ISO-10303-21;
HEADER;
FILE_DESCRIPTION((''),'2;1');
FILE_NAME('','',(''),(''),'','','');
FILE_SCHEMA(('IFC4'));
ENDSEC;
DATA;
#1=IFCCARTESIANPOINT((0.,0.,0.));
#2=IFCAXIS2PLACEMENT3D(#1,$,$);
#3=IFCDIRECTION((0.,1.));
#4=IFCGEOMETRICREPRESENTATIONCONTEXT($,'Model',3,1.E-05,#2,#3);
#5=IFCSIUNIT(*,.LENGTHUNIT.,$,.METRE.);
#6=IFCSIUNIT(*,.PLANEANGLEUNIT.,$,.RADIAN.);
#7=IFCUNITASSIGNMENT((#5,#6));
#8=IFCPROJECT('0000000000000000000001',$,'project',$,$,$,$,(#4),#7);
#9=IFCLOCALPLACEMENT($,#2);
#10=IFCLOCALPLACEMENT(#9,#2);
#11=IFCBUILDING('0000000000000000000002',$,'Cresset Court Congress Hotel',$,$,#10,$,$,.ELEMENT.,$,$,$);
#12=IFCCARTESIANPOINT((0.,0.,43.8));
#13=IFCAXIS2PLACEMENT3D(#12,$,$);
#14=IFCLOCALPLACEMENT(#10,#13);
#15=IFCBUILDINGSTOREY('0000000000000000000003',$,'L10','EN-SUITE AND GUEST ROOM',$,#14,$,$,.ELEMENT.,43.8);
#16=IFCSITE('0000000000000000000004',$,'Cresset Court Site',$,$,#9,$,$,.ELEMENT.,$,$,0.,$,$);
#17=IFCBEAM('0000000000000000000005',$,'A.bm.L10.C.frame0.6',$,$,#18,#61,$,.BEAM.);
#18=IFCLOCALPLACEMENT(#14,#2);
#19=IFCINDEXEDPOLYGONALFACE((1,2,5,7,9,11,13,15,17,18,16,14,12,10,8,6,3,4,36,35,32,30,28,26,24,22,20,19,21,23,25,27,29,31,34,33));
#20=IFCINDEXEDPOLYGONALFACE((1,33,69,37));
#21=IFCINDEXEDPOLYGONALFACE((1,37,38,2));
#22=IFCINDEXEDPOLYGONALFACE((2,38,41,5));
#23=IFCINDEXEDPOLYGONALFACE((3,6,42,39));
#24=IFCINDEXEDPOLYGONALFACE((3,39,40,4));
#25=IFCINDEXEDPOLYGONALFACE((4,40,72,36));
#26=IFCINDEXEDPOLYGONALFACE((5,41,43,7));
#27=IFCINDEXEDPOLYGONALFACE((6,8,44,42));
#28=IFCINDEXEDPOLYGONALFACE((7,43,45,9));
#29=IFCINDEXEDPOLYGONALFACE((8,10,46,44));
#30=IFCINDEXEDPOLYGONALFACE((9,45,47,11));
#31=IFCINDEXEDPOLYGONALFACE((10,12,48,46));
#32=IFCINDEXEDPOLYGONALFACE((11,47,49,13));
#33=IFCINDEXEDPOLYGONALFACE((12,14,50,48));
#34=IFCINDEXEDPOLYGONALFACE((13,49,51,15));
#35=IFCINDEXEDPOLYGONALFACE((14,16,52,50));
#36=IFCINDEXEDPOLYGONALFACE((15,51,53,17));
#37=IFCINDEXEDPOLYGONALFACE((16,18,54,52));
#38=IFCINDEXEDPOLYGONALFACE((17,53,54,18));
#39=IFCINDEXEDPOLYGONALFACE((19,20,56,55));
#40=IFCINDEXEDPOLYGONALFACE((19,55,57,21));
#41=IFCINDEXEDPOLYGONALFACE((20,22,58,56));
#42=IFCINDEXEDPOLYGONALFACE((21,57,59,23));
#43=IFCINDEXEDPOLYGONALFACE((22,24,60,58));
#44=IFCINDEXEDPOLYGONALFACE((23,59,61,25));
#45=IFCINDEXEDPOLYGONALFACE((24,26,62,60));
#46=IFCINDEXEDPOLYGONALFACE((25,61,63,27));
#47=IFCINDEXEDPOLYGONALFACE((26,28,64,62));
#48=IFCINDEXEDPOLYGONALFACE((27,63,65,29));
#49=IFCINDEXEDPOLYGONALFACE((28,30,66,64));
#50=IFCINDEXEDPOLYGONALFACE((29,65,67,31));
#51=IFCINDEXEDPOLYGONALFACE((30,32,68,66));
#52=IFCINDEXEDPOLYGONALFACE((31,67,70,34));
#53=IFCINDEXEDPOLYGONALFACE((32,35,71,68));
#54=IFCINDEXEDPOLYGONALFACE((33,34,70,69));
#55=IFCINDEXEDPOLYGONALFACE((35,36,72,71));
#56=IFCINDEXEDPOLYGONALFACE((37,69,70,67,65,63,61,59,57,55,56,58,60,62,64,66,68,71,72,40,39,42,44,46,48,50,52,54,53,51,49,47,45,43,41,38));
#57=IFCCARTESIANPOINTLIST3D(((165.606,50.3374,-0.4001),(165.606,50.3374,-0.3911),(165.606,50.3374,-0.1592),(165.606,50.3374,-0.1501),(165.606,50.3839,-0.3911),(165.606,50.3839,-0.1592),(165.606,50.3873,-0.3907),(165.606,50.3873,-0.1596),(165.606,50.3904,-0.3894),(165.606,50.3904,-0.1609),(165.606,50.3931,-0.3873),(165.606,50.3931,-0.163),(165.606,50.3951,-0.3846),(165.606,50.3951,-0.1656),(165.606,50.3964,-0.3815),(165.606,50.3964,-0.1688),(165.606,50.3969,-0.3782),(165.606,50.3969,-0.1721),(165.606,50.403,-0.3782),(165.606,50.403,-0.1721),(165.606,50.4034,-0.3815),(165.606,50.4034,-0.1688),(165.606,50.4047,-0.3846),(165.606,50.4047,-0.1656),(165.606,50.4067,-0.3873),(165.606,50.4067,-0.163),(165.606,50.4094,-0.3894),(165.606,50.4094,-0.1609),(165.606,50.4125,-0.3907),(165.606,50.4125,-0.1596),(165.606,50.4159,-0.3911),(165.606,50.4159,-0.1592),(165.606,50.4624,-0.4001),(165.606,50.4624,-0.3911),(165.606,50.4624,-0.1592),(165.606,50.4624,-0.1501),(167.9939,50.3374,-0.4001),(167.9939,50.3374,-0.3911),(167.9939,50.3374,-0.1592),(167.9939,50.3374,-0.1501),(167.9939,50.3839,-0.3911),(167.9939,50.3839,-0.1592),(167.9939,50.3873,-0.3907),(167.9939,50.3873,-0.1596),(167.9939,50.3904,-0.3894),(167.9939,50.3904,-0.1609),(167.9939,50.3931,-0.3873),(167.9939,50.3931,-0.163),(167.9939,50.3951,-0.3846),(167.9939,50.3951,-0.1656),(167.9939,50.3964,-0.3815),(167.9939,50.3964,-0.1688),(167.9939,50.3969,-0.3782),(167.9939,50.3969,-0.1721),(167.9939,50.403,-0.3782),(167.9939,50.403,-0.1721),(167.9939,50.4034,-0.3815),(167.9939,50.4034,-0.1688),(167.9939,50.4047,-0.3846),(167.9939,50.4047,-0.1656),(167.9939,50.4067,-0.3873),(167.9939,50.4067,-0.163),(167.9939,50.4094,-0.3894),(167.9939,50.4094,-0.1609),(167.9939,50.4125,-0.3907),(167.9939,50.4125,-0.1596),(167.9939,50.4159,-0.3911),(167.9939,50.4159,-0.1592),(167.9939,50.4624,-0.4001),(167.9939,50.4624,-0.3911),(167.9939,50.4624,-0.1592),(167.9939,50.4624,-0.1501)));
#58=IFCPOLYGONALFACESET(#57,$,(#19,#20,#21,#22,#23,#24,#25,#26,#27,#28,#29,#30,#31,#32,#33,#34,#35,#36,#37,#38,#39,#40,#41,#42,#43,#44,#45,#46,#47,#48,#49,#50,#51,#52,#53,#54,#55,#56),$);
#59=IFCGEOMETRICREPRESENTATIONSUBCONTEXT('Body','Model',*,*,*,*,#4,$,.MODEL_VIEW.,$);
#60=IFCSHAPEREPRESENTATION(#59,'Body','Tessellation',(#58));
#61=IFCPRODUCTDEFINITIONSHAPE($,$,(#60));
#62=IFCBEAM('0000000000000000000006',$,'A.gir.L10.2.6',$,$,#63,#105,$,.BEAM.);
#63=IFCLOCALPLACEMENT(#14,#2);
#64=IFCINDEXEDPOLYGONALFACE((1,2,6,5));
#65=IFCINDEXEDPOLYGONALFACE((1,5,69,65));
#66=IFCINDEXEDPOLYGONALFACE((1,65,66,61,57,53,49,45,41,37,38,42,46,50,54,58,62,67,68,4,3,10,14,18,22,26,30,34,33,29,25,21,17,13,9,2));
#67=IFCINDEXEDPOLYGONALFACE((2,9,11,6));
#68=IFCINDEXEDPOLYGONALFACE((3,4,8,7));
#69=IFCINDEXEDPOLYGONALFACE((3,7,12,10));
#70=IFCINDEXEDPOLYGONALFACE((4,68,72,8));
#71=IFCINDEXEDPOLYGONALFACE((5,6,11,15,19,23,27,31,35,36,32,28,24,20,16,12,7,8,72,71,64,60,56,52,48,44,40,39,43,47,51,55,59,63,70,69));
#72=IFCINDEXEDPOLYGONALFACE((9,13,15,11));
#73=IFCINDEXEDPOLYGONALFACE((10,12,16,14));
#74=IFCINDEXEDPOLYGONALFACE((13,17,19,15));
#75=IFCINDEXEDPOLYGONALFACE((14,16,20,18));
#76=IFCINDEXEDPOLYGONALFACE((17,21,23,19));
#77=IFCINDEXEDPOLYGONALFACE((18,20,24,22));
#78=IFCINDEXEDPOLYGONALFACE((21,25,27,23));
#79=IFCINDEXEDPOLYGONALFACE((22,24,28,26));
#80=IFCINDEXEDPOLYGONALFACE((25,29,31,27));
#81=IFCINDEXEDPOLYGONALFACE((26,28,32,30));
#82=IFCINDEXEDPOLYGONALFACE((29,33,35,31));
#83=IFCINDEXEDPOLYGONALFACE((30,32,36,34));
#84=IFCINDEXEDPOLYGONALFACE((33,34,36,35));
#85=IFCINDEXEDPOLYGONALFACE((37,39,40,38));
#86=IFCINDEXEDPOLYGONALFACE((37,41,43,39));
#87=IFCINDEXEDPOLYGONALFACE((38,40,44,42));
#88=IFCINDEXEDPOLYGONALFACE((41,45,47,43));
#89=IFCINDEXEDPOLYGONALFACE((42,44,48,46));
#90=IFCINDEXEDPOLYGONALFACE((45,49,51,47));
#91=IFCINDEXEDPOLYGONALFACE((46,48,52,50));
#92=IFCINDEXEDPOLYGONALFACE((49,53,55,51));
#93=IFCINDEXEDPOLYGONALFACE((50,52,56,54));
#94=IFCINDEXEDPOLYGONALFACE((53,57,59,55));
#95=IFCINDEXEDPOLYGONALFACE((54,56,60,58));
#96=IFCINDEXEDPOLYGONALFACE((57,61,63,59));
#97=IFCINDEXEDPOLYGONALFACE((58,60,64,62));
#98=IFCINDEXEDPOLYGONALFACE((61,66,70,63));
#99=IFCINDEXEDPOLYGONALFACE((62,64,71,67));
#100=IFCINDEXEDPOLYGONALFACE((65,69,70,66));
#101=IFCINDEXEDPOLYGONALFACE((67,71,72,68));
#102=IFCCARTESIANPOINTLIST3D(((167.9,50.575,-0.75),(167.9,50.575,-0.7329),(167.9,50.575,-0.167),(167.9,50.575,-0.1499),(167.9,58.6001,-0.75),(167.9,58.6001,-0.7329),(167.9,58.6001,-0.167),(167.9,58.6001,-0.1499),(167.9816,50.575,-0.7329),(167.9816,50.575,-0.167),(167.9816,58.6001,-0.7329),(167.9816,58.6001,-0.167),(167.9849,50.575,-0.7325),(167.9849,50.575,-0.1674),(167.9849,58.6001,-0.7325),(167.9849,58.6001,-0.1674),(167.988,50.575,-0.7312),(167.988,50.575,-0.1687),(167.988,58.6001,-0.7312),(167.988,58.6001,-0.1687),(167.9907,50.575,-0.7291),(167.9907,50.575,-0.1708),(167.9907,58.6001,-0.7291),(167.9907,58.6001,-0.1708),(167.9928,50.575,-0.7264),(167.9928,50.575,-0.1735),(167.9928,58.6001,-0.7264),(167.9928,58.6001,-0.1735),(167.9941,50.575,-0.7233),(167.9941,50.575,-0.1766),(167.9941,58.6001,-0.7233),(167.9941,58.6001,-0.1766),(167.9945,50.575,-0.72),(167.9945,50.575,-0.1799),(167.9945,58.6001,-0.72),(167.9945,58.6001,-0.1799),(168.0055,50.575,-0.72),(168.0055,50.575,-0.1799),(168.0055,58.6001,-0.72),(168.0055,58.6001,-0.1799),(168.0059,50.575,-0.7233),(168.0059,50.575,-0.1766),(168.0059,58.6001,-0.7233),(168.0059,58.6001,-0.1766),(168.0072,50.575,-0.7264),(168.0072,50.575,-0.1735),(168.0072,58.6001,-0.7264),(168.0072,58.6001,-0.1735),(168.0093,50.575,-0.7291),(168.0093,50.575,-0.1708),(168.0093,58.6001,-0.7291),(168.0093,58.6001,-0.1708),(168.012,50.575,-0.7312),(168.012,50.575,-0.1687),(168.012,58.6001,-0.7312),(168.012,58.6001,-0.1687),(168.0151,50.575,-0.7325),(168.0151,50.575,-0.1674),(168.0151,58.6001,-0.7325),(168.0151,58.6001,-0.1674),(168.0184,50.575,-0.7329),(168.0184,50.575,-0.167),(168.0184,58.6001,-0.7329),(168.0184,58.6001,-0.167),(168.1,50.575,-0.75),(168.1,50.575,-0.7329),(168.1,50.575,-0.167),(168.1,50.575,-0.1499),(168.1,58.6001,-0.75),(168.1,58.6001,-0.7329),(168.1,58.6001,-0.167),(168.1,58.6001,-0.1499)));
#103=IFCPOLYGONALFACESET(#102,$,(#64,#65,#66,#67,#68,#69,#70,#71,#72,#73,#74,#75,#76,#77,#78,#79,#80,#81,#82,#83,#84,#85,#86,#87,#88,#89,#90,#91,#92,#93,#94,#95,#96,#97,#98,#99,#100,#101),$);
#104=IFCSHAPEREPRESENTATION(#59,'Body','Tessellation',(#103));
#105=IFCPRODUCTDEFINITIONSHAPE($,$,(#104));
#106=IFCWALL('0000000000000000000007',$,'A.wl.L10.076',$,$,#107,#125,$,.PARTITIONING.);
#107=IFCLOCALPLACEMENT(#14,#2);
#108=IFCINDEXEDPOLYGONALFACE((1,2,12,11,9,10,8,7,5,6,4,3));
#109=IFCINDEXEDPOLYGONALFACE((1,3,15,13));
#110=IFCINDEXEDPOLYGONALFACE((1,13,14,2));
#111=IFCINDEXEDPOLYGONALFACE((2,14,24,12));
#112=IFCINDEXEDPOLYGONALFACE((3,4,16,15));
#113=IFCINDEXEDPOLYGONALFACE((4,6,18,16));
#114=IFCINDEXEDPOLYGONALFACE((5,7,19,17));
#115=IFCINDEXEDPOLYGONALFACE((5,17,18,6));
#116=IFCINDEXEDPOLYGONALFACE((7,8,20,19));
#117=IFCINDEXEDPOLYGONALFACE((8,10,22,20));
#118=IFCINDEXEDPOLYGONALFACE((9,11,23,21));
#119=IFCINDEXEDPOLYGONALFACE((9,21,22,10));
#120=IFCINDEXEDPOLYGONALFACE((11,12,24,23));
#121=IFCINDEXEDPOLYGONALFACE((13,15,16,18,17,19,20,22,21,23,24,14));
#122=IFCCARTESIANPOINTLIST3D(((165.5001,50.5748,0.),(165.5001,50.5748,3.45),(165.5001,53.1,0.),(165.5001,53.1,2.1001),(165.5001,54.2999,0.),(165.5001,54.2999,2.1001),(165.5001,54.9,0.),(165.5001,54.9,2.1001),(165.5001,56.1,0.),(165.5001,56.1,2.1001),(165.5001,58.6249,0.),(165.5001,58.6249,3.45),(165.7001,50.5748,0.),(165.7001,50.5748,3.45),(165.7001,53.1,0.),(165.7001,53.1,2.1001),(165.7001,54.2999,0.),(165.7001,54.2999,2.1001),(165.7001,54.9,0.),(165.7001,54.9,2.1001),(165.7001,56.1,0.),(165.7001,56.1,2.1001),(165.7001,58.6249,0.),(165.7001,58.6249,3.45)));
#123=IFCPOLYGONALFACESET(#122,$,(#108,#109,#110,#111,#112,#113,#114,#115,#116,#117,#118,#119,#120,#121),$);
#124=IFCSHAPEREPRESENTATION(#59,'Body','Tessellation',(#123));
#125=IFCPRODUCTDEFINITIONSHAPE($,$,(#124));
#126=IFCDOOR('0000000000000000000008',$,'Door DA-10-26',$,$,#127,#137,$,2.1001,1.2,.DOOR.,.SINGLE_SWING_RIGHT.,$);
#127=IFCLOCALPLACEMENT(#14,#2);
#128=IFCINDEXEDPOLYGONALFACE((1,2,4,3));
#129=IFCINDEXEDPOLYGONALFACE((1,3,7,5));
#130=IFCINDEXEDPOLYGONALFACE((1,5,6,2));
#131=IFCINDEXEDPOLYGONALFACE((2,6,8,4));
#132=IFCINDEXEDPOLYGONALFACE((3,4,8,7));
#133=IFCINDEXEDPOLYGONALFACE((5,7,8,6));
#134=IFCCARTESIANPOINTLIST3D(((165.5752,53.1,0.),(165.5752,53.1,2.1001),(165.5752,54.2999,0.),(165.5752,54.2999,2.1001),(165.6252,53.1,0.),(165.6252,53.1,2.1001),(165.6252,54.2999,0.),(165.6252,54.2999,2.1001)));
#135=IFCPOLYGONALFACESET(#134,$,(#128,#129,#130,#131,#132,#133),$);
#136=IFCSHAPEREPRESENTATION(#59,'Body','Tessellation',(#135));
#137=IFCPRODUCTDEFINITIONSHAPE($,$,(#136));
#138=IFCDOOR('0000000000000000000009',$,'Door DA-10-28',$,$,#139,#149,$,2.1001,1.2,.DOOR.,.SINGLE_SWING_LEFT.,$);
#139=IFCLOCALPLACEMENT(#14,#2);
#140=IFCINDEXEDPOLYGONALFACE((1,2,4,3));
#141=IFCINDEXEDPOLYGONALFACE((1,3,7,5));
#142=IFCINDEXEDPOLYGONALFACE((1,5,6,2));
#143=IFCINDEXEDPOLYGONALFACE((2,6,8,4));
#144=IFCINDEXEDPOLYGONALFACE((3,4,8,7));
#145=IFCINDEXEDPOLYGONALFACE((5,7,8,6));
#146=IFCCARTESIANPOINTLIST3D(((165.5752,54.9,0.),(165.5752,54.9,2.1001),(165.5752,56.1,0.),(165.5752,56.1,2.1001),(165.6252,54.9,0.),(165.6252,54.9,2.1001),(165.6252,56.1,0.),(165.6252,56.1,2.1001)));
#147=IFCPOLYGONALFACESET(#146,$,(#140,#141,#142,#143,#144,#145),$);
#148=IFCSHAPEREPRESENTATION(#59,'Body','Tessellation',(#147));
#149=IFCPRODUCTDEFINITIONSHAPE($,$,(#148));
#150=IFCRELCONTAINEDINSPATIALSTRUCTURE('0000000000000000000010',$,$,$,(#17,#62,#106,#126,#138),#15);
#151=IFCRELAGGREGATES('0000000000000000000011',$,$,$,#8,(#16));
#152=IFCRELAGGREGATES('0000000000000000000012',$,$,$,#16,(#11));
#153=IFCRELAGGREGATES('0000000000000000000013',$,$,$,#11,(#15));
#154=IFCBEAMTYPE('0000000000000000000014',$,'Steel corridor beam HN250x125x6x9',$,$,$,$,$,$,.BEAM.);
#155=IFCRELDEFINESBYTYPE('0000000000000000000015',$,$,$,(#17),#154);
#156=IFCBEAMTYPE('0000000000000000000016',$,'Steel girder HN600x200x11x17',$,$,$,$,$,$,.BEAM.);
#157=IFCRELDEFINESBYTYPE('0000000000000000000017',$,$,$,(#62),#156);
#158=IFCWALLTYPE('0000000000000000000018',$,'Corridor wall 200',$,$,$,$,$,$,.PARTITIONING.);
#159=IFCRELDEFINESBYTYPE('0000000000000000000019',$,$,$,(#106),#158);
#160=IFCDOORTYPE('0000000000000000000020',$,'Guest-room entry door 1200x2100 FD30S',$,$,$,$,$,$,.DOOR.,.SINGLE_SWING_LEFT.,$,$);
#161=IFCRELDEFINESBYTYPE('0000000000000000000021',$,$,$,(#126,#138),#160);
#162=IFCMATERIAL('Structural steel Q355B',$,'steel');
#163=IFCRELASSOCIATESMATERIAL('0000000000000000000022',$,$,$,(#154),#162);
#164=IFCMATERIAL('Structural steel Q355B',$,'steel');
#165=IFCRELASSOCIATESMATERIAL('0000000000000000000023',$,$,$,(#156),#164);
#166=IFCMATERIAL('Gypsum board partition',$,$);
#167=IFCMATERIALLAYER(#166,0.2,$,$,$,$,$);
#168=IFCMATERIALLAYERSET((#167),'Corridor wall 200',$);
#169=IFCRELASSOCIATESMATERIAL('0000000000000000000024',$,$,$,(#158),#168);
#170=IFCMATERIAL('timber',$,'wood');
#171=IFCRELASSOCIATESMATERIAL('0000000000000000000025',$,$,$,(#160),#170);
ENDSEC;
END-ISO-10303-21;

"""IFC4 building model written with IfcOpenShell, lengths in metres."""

from ifc_helpers import new_model, si_unit, direction, frame, frame_2d, origin, origin_2d, place, context, subcontext, project, spatial, rectangle, i_section, extrude, material, layer, layer_set, material_profile, profile_set, type_object, element, fill, save


model = new_model("IFC4")

# Units and contexts
model_context = context("Model", 3, precision=1e-05, world=origin(), true_north=direction((0.0, 1.0)))
body_context = subcontext(model_context, "Body", "Model", "MODEL_VIEW")
ifc_project = project(units=[si_unit("LENGTHUNIT", "METRE"), si_unit("PLANEANGLEUNIT", "RADIAN")], contexts=[model_context])

# Site, building, storey
site_placement = place(None, origin())
site = spatial("IfcSite", under=ifc_project, at=site_placement, Name="Cresset Court Site", CompositionType="ELEMENT", RefElevation=0.0)
building_placement = place(site_placement, origin())
building = spatial("IfcBuilding", under=site, at=building_placement, Name="Cresset Court Congress Hotel", CompositionType="ELEMENT")
storey_placement = place(building_placement, frame((0.0, 0.0, 43.8)))
storey = spatial("IfcBuildingStorey", under=building, at=storey_placement, Name="L10", Description="EN-SUITE AND GUEST ROOM", CompositionType="ELEMENT", Elevation=43.8)

# Beams
ifc_material_1 = material(Name="Structural steel Q355B", Category="steel")
ifc_material_profile_1 = material_profile(ifc_material_1, i_section(OverallWidth=0.125, OverallDepth=0.25, WebThickness=0.0061, FlangeThickness=0.009, FilletRadius=0.0129, at=origin_2d()), Name="HN250x125x6x9")
ifc_profile_set_1 = profile_set([ifc_material_profile_1], Name="Structural steel Q355B")
beam_type_1 = type_object("IfcBeamType", Name="Steel corridor beam HN250x125x6x9", PredefinedType="BEAM", material=ifc_profile_set_1)
beam_1_placement = place(storey_placement, frame((165.606, 50.3999, -0.2751), z_axis=(1.0, 0.0, 0.0), x_axis=(0.0, 1.0, 0.0)))
element("IfcBeam", 1, at=beam_1_placement, inside=storey, type_object=beam_type_1, Name="A.bm.L10.C.frame0.6", PredefinedType="BEAM", context=body_context, shape_type="SweptSolid", body=[
    extrude(i_section(OverallWidth=0.125, OverallDepth=0.25, WebThickness=0.0061, FlangeThickness=0.009, FilletRadius=0.0129, at=origin_2d()), origin(), (0.0, 0.0, 1.0), 2.3879),
])
ifc_material_2 = material(Name="Structural steel Q355B", Category="steel")
ifc_material_profile_2 = material_profile(ifc_material_2, i_section(OverallWidth=0.2, OverallDepth=0.6001, WebThickness=0.011, FlangeThickness=0.0171, FilletRadius=0.0129, at=origin_2d()), Name="HN600x200x11x17")
ifc_profile_set_2 = profile_set([ifc_material_profile_2], Name="Structural steel Q355B")
beam_type_2 = type_object("IfcBeamType", Name="Steel girder HN600x200x11x17", PredefinedType="BEAM", material=ifc_profile_set_2)
beam_2_placement = place(storey_placement, frame((168.0, 50.575, -0.45), z_axis=(0.0, 1.0, 0.0), x_axis=(-1.0, 0.0, 0.0)))
element("IfcBeam", 2, at=beam_2_placement, inside=storey, type_object=beam_type_2, Name="A.gir.L10.2.6", PredefinedType="BEAM", context=body_context, shape_type="SweptSolid", body=[
    extrude(i_section(OverallWidth=0.2, OverallDepth=0.6001, WebThickness=0.011, FlangeThickness=0.0171, FilletRadius=0.0129, at=origin_2d()), origin(), (0.0, 0.0, 1.0), 8.0251),
])

# Wall, openings, doors
ifc_material_3 = material(Name="Gypsum board partition")
ifc_layer_1 = layer(ifc_material_3, 0.2)
ifc_layer_set_1 = layer_set([ifc_layer_1], Name="Corridor wall 200")
wall_type_1 = type_object("IfcWallType", Name="Corridor wall 200", PredefinedType="PARTITIONING", material=ifc_layer_set_1)
wall_1_placement = place(storey_placement, frame((165.6001, 50.575, 0.0), z_axis=(0.0, 0.0, 1.0), x_axis=(0.0, 1.0, 0.0)))
wall_1 = element("IfcWall", 3, at=wall_1_placement, inside=storey, type_object=wall_type_1, Name="A.wl.L10.076", PredefinedType="PARTITIONING", context=body_context, shape_type="SweptSolid", body=[
    extrude(rectangle(XDim=8.05, YDim=0.2, at=frame_2d((4.0249, 0.0))), origin(), (0.0, 0.0, 1.0), 3.45),
])
opening_1_placement = place(wall_1_placement, frame((2.5249, 0.0, 0.0)))
opening_1 = element("IfcOpeningElement", 4, at=opening_1_placement, cuts=wall_1, PredefinedType="OPENING", context=body_context, shape_type="SweptSolid", body=[
    extrude(rectangle(XDim=1.2, YDim=2.1001, at=frame_2d((0.6001, 1.05))), frame((0.0, 0.1099, 0.0), z_axis=(0.0, -1.0, 0.0), x_axis=(1.0, 0.0, 0.0)), (0.0, 0.0, 1.0), 0.22),
])
opening_2_placement = place(wall_1_placement, frame((4.325, 0.0, 0.0)))
opening_2 = element("IfcOpeningElement", 5, at=opening_2_placement, cuts=wall_1, PredefinedType="OPENING", context=body_context, shape_type="SweptSolid", body=[
    extrude(rectangle(XDim=1.2, YDim=2.1001, at=frame_2d((0.6001, 1.05))), frame((0.0, 0.1099, 0.0), z_axis=(0.0, -1.0, 0.0), x_axis=(1.0, 0.0, 0.0)), (0.0, 0.0, 1.0), 0.22),
])
ifc_material_4 = material(Name="timber", Category="wood")
door_type = type_object("IfcDoorType", Name="Guest-room entry door 1200x2100 FD30S", OperationType="SINGLE_SWING_LEFT", PredefinedType="DOOR", material=ifc_material_4)
door_1_placement = place(opening_1_placement, origin())
door_1 = element("IfcDoor", 6, at=door_1_placement, inside=storey, type_object=door_type, Name="Door DA-10-26", OperationType="SINGLE_SWING_RIGHT", OverallHeight=2.1001, OverallWidth=1.2, PredefinedType="DOOR", context=body_context, shape_type="SweptSolid", body=[
    extrude(rectangle(XDim=1.2, YDim=2.1001, at=frame_2d((0.6001, 1.05))), frame((0.0, 0.0249, 0.0), z_axis=(0.0, -1.0, 0.0), x_axis=(1.0, 0.0, 0.0)), (0.0, 0.0, 1.0), 0.05),
])
fill(opening_1, door_1)
door_2_placement = place(opening_2_placement, origin())
door_2 = element("IfcDoor", 7, at=door_2_placement, inside=storey, type_object=door_type, Name="Door DA-10-28", OperationType="SINGLE_SWING_LEFT", OverallHeight=2.1001, OverallWidth=1.2, PredefinedType="DOOR", context=body_context, shape_type="SweptSolid", body=[
    extrude(rectangle(XDim=1.2, YDim=2.1001, at=frame_2d((0.6001, 1.05))), frame((0.0, 0.0249, 0.0), z_axis=(0.0, -1.0, 0.0), x_axis=(1.0, 0.0, 0.0)), (0.0, 0.0, 1.0), 0.05),
])
fill(opening_2, door_2)

save(model, "model.ifc")
